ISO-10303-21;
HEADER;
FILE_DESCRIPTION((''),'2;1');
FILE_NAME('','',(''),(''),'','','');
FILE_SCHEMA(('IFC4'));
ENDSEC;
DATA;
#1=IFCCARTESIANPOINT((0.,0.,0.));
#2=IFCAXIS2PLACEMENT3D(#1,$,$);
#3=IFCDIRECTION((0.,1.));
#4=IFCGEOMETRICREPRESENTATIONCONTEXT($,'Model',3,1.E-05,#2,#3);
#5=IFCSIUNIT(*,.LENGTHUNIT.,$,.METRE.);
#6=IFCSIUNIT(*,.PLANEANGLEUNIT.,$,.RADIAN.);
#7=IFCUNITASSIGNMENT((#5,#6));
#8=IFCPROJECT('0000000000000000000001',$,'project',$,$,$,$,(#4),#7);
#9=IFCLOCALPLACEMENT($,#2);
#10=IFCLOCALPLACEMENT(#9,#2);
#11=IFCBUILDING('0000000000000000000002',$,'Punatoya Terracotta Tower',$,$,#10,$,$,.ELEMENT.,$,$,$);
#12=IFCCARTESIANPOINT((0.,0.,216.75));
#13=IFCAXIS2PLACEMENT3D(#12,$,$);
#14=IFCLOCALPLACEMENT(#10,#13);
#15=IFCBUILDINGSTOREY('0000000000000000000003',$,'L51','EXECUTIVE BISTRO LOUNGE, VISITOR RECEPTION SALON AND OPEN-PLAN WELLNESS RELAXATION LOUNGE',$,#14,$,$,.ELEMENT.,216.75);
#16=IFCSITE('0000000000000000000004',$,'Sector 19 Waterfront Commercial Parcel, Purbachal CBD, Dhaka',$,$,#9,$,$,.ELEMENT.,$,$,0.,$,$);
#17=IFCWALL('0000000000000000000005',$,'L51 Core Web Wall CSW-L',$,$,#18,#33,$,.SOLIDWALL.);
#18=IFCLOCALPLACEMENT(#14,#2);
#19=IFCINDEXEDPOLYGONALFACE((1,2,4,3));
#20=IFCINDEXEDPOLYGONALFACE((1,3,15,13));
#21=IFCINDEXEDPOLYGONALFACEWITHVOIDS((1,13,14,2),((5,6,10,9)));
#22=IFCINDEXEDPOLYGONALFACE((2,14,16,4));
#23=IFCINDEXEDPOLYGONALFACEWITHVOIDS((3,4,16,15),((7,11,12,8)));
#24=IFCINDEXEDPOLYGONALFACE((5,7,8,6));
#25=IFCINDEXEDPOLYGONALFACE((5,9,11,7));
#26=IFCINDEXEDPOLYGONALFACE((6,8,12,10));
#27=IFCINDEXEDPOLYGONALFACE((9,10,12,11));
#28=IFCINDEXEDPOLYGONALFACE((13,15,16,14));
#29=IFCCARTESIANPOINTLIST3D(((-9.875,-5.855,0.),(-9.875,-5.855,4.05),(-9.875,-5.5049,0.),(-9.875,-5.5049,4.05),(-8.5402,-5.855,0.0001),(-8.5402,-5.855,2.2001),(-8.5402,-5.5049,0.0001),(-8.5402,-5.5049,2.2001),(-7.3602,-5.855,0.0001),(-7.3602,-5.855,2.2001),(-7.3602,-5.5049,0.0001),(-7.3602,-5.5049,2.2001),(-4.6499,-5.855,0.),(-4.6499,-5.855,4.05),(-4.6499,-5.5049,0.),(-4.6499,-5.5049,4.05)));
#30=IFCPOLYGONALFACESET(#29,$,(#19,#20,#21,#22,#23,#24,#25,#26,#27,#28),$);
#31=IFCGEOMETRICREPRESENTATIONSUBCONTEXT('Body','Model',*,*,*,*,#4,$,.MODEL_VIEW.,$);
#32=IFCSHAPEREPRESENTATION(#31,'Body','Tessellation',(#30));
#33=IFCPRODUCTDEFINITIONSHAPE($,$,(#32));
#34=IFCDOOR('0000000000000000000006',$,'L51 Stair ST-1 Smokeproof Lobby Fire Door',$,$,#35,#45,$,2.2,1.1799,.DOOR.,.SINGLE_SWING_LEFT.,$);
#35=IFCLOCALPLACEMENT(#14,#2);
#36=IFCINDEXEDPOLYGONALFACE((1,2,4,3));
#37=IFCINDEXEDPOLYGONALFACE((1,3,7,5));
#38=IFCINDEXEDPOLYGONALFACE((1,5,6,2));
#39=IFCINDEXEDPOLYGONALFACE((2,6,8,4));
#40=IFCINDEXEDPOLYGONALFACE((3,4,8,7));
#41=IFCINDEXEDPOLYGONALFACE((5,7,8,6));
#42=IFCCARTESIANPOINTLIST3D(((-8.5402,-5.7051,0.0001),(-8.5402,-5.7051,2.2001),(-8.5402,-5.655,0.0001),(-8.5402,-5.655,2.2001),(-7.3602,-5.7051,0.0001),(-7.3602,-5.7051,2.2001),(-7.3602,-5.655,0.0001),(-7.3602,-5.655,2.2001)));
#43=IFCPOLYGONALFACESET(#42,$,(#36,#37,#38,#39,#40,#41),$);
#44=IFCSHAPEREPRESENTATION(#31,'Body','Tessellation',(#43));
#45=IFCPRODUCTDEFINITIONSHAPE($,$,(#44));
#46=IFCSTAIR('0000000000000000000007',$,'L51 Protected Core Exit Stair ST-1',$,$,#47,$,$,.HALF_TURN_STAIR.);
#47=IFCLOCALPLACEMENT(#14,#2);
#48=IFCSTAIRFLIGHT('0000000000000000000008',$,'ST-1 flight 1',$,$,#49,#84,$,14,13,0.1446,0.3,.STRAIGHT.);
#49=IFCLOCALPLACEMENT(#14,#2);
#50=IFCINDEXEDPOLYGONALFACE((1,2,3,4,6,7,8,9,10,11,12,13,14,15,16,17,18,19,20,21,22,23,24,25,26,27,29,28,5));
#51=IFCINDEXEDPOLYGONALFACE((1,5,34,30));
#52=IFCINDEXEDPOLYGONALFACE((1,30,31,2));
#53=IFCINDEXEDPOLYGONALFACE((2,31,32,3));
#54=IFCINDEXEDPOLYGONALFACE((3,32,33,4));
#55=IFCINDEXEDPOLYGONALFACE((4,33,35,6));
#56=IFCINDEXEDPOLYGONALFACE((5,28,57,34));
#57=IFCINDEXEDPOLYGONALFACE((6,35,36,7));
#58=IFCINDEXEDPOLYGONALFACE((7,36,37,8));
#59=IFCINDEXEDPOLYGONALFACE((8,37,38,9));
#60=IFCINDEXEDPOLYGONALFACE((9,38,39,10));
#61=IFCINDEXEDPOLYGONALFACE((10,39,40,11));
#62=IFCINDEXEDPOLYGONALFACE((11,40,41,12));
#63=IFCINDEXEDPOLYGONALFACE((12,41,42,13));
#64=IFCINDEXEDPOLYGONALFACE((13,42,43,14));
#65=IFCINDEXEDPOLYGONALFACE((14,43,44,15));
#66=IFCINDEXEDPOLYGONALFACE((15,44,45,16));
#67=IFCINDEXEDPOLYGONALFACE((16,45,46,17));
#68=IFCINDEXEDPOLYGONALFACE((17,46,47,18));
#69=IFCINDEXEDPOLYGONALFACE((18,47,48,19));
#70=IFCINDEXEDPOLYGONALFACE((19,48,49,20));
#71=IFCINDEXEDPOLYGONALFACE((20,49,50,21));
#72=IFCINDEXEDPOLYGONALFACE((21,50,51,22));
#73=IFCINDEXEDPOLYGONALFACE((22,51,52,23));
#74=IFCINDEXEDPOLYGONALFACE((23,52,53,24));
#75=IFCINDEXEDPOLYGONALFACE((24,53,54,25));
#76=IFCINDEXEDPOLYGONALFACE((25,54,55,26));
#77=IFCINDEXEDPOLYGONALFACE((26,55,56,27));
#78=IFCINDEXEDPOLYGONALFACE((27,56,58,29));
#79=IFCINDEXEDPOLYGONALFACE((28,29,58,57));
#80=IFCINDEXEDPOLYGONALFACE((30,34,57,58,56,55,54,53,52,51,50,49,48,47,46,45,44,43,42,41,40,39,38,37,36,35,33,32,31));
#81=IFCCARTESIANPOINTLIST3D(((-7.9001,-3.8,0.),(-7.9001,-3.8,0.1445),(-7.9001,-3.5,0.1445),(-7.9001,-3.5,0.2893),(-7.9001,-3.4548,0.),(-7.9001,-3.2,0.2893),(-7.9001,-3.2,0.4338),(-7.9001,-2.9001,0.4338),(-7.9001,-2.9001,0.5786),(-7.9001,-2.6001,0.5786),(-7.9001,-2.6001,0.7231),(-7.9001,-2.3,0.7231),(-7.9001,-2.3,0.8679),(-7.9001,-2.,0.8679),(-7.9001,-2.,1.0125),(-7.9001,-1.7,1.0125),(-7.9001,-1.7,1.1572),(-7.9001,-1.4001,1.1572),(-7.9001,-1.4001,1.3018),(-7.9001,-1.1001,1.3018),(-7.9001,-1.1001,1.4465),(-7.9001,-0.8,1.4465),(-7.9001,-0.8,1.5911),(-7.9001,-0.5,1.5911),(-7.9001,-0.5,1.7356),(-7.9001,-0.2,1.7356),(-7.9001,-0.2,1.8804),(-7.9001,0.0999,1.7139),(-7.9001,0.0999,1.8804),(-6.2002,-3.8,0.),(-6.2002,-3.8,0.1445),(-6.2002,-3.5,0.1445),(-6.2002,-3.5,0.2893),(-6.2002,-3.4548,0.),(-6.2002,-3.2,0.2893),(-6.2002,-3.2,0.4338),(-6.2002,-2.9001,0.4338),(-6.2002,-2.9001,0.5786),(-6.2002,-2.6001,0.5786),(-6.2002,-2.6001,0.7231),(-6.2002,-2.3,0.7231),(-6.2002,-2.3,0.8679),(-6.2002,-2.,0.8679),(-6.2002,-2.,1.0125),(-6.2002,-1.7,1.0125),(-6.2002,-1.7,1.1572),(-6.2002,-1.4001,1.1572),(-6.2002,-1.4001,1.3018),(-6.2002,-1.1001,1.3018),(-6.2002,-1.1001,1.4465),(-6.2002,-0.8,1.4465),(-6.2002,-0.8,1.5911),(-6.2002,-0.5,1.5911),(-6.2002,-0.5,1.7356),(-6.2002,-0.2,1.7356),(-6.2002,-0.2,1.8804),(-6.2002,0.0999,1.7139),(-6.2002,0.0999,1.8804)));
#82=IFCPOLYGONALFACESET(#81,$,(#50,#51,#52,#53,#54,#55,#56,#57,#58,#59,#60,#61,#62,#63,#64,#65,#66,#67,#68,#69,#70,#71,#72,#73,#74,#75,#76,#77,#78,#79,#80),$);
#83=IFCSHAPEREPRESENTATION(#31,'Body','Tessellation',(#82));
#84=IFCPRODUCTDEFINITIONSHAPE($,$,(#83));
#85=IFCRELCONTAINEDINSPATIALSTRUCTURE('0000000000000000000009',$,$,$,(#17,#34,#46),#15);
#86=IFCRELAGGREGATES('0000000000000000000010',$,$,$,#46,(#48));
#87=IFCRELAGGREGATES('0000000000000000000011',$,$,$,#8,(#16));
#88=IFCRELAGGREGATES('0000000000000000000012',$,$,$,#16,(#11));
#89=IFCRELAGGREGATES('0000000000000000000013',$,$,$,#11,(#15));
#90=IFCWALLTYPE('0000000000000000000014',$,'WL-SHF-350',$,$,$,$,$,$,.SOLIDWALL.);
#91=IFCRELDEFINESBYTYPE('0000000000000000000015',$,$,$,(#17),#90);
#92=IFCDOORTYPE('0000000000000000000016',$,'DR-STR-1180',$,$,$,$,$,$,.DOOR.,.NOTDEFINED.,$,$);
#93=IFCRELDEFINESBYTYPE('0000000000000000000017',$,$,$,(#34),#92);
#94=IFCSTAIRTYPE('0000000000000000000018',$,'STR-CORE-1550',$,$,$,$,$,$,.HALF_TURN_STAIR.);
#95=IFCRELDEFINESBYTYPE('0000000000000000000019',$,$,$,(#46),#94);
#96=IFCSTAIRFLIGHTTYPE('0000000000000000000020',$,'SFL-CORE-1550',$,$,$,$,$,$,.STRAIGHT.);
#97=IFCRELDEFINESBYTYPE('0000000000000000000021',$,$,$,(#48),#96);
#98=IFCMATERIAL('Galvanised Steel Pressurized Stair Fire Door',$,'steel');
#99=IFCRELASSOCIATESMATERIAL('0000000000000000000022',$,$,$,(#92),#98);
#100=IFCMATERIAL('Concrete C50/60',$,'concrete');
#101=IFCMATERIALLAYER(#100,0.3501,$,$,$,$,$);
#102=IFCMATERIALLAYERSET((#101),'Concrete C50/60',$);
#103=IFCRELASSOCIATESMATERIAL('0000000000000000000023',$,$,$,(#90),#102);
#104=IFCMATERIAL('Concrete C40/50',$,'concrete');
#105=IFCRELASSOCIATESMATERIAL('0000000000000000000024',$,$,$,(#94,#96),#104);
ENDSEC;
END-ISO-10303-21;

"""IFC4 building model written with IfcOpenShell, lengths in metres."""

from ifc_helpers import new_model, si_unit, direction, frame, frame_2d, origin, place, context, subcontext, project, spatial, polyline, rectangle, outline, extrude, material, layer, layer_set, type_object, element, fill, aggregate, save


model = new_model("IFC4")

# Units and contexts
model_context = context("Model", 3, precision=1e-05, world=origin(), true_north=direction((0.0, 1.0)))
body_context = subcontext(model_context, "Body", "Model", "MODEL_VIEW")
ifc_project = project(units=[si_unit("LENGTHUNIT", "METRE"), si_unit("PLANEANGLEUNIT", "RADIAN")], contexts=[model_context])

# Site, building, storey
site_placement = place(None, origin())
site = spatial("IfcSite", under=ifc_project, at=site_placement, Name="Sector 19 Waterfront Commercial Parcel, Purbachal CBD, Dhaka", CompositionType="ELEMENT", RefElevation=0.0)
building_placement = place(site_placement, origin())
building = spatial("IfcBuilding", under=site, at=building_placement, Name="Punatoya Terracotta Tower", CompositionType="ELEMENT")
storey_placement = place(building_placement, frame((0.0, 0.0, 216.75)))
storey = spatial("IfcBuildingStorey", under=building, at=storey_placement, Name="L51", Description="EXECUTIVE BISTRO LOUNGE, VISITOR RECEPTION SALON AND OPEN-PLAN WELLNESS RELAXATION LOUNGE", CompositionType="ELEMENT", Elevation=216.75)

# Shared definitions
ifc_material_1 = material(Name="Concrete C40/50", Category="concrete")

# Shared definitions
ifc_material_2 = material(Name="Galvanised Steel Pressurized Stair Fire Door", Category="steel")
door_type_1 = type_object("IfcDoorType", Name="DR-STR-1180", OperationType="NOTDEFINED", PredefinedType="DOOR", material=ifc_material_2)

# Wall, opening, door
ifc_material_3 = material(Name="Concrete C50/60", Category="concrete")
ifc_layer_1 = layer(ifc_material_3, 0.3501)
ifc_layer_set_1 = layer_set([ifc_layer_1], Name="Concrete C50/60")
wall_type_1 = type_object("IfcWallType", Name="WL-SHF-350", PredefinedType="SOLIDWALL", material=ifc_layer_set_1)
wall_1_placement = place(storey_placement, frame((-9.875, -5.6799, 0.0), z_axis=(0.0, 0.0, 1.0), x_axis=(1.0, 0.0, 0.0)))
wall_1 = element("IfcWall", 1, at=wall_1_placement, inside=storey, type_object=wall_type_1, Name="L51 Core Web Wall CSW-L", PredefinedType="SOLIDWALL", context=body_context, shape_type="SweptSolid", body=[
    extrude(rectangle(XDim=5.2251, YDim=0.3501, at=frame_2d((2.6125, 0.0))), origin(), (0.0, 0.0, 1.0), 4.05),
])
opening_1_placement = place(wall_1_placement, frame((1.335, 0.0, 0.0)))
opening_1 = element("IfcOpeningElement", 2, at=opening_1_placement, cuts=wall_1, PredefinedType="OPENING", context=body_context, shape_type="SweptSolid", body=[
    extrude(rectangle(XDim=1.1799, YDim=2.2, at=frame_2d((0.5898, 1.1001))), frame((0.0, 0.1851, 0.0), z_axis=(0.0, -1.0, 0.0), x_axis=(1.0, 0.0, 0.0)), (0.0, 0.0, 1.0), 0.3701),
])
door_1_placement = place(opening_1_placement, origin())
door_1 = element("IfcDoor", 3, at=door_1_placement, inside=storey, type_object=door_type_1, Name="L51 Stair ST-1 Smokeproof Lobby Fire Door", OperationType="SINGLE_SWING_LEFT", OverallHeight=2.2, OverallWidth=1.1799, PredefinedType="DOOR", context=body_context, shape_type="SweptSolid", body=[
    extrude(rectangle(XDim=1.1799, YDim=2.2, at=frame_2d((0.5898, 1.1001))), frame((0.0, 0.0249, 0.0), z_axis=(0.0, -1.0, 0.0), x_axis=(1.0, 0.0, 0.0)), (0.0, 0.0, 1.0), 0.05),
])
fill(opening_1, door_1)

# Stair, stair flight
stair_type = type_object("IfcStairType", Name="STR-CORE-1550", PredefinedType="HALF_TURN_STAIR", material=ifc_material_1)
stair_placement = place(storey_placement, origin())
stair = element("IfcStair", 4, at=stair_placement, inside=storey, type_object=stair_type, Name="L51 Protected Core Exit Stair ST-1", PredefinedType="HALF_TURN_STAIR")
stair_flight_type = type_object("IfcStairFlightType", Name="SFL-CORE-1550", PredefinedType="STRAIGHT", material=ifc_material_1)
stair_flight_placement = place(storey_placement, frame((-7.05, -3.8, 0.0), z_axis=(0.0, 0.0, 1.0), x_axis=(0.0, 1.0, 0.0)))
stair_flight = element("IfcStairFlight", 5, at=stair_flight_placement, type_object=stair_flight_type, Name="ST-1 flight 1", NumberOfRisers=14, NumberOfTreads=13, PredefinedType="STRAIGHT", RiserHeight=0.1446, TreadLength=0.3, context=body_context, shape_type="SweptSolid", body=[
    extrude(outline(polyline([(0.0, 0.0), (0.0, 0.1445), (0.3, 0.1445), (0.3, 0.2893), (0.6001, 0.2893), (0.6001, 0.4338), (0.8999, 0.4338), (0.8999, 0.5786), (1.2, 0.5786), (1.2, 0.7231), (1.5, 0.7231), (1.5, 0.8679), (1.8, 0.8679), (1.8, 1.0125), (2.1001, 1.0125), (2.1001, 1.1572), (2.3999, 1.1572), (2.3999, 1.3018), (2.7, 1.3018), (2.7, 1.4465), (3.0, 1.4465), (3.0, 1.5911), (3.3, 1.5911), (3.3, 1.7356), (3.6001, 1.7356), (3.6001, 1.8804), (3.8999, 1.8804), (3.8999, 2.0249), (3.8999, 1.7139), (0.3452, 0.0), (0.0, 0.0)])), frame((0.0, 0.8501, 0.0), z_axis=(0.0, -1.0, 0.0), x_axis=(1.0, 0.0, 0.0)), (0.0, 0.0, 1.0), 1.7),
])
aggregate(stair, [stair_flight])

save(model, "model.ifc")
